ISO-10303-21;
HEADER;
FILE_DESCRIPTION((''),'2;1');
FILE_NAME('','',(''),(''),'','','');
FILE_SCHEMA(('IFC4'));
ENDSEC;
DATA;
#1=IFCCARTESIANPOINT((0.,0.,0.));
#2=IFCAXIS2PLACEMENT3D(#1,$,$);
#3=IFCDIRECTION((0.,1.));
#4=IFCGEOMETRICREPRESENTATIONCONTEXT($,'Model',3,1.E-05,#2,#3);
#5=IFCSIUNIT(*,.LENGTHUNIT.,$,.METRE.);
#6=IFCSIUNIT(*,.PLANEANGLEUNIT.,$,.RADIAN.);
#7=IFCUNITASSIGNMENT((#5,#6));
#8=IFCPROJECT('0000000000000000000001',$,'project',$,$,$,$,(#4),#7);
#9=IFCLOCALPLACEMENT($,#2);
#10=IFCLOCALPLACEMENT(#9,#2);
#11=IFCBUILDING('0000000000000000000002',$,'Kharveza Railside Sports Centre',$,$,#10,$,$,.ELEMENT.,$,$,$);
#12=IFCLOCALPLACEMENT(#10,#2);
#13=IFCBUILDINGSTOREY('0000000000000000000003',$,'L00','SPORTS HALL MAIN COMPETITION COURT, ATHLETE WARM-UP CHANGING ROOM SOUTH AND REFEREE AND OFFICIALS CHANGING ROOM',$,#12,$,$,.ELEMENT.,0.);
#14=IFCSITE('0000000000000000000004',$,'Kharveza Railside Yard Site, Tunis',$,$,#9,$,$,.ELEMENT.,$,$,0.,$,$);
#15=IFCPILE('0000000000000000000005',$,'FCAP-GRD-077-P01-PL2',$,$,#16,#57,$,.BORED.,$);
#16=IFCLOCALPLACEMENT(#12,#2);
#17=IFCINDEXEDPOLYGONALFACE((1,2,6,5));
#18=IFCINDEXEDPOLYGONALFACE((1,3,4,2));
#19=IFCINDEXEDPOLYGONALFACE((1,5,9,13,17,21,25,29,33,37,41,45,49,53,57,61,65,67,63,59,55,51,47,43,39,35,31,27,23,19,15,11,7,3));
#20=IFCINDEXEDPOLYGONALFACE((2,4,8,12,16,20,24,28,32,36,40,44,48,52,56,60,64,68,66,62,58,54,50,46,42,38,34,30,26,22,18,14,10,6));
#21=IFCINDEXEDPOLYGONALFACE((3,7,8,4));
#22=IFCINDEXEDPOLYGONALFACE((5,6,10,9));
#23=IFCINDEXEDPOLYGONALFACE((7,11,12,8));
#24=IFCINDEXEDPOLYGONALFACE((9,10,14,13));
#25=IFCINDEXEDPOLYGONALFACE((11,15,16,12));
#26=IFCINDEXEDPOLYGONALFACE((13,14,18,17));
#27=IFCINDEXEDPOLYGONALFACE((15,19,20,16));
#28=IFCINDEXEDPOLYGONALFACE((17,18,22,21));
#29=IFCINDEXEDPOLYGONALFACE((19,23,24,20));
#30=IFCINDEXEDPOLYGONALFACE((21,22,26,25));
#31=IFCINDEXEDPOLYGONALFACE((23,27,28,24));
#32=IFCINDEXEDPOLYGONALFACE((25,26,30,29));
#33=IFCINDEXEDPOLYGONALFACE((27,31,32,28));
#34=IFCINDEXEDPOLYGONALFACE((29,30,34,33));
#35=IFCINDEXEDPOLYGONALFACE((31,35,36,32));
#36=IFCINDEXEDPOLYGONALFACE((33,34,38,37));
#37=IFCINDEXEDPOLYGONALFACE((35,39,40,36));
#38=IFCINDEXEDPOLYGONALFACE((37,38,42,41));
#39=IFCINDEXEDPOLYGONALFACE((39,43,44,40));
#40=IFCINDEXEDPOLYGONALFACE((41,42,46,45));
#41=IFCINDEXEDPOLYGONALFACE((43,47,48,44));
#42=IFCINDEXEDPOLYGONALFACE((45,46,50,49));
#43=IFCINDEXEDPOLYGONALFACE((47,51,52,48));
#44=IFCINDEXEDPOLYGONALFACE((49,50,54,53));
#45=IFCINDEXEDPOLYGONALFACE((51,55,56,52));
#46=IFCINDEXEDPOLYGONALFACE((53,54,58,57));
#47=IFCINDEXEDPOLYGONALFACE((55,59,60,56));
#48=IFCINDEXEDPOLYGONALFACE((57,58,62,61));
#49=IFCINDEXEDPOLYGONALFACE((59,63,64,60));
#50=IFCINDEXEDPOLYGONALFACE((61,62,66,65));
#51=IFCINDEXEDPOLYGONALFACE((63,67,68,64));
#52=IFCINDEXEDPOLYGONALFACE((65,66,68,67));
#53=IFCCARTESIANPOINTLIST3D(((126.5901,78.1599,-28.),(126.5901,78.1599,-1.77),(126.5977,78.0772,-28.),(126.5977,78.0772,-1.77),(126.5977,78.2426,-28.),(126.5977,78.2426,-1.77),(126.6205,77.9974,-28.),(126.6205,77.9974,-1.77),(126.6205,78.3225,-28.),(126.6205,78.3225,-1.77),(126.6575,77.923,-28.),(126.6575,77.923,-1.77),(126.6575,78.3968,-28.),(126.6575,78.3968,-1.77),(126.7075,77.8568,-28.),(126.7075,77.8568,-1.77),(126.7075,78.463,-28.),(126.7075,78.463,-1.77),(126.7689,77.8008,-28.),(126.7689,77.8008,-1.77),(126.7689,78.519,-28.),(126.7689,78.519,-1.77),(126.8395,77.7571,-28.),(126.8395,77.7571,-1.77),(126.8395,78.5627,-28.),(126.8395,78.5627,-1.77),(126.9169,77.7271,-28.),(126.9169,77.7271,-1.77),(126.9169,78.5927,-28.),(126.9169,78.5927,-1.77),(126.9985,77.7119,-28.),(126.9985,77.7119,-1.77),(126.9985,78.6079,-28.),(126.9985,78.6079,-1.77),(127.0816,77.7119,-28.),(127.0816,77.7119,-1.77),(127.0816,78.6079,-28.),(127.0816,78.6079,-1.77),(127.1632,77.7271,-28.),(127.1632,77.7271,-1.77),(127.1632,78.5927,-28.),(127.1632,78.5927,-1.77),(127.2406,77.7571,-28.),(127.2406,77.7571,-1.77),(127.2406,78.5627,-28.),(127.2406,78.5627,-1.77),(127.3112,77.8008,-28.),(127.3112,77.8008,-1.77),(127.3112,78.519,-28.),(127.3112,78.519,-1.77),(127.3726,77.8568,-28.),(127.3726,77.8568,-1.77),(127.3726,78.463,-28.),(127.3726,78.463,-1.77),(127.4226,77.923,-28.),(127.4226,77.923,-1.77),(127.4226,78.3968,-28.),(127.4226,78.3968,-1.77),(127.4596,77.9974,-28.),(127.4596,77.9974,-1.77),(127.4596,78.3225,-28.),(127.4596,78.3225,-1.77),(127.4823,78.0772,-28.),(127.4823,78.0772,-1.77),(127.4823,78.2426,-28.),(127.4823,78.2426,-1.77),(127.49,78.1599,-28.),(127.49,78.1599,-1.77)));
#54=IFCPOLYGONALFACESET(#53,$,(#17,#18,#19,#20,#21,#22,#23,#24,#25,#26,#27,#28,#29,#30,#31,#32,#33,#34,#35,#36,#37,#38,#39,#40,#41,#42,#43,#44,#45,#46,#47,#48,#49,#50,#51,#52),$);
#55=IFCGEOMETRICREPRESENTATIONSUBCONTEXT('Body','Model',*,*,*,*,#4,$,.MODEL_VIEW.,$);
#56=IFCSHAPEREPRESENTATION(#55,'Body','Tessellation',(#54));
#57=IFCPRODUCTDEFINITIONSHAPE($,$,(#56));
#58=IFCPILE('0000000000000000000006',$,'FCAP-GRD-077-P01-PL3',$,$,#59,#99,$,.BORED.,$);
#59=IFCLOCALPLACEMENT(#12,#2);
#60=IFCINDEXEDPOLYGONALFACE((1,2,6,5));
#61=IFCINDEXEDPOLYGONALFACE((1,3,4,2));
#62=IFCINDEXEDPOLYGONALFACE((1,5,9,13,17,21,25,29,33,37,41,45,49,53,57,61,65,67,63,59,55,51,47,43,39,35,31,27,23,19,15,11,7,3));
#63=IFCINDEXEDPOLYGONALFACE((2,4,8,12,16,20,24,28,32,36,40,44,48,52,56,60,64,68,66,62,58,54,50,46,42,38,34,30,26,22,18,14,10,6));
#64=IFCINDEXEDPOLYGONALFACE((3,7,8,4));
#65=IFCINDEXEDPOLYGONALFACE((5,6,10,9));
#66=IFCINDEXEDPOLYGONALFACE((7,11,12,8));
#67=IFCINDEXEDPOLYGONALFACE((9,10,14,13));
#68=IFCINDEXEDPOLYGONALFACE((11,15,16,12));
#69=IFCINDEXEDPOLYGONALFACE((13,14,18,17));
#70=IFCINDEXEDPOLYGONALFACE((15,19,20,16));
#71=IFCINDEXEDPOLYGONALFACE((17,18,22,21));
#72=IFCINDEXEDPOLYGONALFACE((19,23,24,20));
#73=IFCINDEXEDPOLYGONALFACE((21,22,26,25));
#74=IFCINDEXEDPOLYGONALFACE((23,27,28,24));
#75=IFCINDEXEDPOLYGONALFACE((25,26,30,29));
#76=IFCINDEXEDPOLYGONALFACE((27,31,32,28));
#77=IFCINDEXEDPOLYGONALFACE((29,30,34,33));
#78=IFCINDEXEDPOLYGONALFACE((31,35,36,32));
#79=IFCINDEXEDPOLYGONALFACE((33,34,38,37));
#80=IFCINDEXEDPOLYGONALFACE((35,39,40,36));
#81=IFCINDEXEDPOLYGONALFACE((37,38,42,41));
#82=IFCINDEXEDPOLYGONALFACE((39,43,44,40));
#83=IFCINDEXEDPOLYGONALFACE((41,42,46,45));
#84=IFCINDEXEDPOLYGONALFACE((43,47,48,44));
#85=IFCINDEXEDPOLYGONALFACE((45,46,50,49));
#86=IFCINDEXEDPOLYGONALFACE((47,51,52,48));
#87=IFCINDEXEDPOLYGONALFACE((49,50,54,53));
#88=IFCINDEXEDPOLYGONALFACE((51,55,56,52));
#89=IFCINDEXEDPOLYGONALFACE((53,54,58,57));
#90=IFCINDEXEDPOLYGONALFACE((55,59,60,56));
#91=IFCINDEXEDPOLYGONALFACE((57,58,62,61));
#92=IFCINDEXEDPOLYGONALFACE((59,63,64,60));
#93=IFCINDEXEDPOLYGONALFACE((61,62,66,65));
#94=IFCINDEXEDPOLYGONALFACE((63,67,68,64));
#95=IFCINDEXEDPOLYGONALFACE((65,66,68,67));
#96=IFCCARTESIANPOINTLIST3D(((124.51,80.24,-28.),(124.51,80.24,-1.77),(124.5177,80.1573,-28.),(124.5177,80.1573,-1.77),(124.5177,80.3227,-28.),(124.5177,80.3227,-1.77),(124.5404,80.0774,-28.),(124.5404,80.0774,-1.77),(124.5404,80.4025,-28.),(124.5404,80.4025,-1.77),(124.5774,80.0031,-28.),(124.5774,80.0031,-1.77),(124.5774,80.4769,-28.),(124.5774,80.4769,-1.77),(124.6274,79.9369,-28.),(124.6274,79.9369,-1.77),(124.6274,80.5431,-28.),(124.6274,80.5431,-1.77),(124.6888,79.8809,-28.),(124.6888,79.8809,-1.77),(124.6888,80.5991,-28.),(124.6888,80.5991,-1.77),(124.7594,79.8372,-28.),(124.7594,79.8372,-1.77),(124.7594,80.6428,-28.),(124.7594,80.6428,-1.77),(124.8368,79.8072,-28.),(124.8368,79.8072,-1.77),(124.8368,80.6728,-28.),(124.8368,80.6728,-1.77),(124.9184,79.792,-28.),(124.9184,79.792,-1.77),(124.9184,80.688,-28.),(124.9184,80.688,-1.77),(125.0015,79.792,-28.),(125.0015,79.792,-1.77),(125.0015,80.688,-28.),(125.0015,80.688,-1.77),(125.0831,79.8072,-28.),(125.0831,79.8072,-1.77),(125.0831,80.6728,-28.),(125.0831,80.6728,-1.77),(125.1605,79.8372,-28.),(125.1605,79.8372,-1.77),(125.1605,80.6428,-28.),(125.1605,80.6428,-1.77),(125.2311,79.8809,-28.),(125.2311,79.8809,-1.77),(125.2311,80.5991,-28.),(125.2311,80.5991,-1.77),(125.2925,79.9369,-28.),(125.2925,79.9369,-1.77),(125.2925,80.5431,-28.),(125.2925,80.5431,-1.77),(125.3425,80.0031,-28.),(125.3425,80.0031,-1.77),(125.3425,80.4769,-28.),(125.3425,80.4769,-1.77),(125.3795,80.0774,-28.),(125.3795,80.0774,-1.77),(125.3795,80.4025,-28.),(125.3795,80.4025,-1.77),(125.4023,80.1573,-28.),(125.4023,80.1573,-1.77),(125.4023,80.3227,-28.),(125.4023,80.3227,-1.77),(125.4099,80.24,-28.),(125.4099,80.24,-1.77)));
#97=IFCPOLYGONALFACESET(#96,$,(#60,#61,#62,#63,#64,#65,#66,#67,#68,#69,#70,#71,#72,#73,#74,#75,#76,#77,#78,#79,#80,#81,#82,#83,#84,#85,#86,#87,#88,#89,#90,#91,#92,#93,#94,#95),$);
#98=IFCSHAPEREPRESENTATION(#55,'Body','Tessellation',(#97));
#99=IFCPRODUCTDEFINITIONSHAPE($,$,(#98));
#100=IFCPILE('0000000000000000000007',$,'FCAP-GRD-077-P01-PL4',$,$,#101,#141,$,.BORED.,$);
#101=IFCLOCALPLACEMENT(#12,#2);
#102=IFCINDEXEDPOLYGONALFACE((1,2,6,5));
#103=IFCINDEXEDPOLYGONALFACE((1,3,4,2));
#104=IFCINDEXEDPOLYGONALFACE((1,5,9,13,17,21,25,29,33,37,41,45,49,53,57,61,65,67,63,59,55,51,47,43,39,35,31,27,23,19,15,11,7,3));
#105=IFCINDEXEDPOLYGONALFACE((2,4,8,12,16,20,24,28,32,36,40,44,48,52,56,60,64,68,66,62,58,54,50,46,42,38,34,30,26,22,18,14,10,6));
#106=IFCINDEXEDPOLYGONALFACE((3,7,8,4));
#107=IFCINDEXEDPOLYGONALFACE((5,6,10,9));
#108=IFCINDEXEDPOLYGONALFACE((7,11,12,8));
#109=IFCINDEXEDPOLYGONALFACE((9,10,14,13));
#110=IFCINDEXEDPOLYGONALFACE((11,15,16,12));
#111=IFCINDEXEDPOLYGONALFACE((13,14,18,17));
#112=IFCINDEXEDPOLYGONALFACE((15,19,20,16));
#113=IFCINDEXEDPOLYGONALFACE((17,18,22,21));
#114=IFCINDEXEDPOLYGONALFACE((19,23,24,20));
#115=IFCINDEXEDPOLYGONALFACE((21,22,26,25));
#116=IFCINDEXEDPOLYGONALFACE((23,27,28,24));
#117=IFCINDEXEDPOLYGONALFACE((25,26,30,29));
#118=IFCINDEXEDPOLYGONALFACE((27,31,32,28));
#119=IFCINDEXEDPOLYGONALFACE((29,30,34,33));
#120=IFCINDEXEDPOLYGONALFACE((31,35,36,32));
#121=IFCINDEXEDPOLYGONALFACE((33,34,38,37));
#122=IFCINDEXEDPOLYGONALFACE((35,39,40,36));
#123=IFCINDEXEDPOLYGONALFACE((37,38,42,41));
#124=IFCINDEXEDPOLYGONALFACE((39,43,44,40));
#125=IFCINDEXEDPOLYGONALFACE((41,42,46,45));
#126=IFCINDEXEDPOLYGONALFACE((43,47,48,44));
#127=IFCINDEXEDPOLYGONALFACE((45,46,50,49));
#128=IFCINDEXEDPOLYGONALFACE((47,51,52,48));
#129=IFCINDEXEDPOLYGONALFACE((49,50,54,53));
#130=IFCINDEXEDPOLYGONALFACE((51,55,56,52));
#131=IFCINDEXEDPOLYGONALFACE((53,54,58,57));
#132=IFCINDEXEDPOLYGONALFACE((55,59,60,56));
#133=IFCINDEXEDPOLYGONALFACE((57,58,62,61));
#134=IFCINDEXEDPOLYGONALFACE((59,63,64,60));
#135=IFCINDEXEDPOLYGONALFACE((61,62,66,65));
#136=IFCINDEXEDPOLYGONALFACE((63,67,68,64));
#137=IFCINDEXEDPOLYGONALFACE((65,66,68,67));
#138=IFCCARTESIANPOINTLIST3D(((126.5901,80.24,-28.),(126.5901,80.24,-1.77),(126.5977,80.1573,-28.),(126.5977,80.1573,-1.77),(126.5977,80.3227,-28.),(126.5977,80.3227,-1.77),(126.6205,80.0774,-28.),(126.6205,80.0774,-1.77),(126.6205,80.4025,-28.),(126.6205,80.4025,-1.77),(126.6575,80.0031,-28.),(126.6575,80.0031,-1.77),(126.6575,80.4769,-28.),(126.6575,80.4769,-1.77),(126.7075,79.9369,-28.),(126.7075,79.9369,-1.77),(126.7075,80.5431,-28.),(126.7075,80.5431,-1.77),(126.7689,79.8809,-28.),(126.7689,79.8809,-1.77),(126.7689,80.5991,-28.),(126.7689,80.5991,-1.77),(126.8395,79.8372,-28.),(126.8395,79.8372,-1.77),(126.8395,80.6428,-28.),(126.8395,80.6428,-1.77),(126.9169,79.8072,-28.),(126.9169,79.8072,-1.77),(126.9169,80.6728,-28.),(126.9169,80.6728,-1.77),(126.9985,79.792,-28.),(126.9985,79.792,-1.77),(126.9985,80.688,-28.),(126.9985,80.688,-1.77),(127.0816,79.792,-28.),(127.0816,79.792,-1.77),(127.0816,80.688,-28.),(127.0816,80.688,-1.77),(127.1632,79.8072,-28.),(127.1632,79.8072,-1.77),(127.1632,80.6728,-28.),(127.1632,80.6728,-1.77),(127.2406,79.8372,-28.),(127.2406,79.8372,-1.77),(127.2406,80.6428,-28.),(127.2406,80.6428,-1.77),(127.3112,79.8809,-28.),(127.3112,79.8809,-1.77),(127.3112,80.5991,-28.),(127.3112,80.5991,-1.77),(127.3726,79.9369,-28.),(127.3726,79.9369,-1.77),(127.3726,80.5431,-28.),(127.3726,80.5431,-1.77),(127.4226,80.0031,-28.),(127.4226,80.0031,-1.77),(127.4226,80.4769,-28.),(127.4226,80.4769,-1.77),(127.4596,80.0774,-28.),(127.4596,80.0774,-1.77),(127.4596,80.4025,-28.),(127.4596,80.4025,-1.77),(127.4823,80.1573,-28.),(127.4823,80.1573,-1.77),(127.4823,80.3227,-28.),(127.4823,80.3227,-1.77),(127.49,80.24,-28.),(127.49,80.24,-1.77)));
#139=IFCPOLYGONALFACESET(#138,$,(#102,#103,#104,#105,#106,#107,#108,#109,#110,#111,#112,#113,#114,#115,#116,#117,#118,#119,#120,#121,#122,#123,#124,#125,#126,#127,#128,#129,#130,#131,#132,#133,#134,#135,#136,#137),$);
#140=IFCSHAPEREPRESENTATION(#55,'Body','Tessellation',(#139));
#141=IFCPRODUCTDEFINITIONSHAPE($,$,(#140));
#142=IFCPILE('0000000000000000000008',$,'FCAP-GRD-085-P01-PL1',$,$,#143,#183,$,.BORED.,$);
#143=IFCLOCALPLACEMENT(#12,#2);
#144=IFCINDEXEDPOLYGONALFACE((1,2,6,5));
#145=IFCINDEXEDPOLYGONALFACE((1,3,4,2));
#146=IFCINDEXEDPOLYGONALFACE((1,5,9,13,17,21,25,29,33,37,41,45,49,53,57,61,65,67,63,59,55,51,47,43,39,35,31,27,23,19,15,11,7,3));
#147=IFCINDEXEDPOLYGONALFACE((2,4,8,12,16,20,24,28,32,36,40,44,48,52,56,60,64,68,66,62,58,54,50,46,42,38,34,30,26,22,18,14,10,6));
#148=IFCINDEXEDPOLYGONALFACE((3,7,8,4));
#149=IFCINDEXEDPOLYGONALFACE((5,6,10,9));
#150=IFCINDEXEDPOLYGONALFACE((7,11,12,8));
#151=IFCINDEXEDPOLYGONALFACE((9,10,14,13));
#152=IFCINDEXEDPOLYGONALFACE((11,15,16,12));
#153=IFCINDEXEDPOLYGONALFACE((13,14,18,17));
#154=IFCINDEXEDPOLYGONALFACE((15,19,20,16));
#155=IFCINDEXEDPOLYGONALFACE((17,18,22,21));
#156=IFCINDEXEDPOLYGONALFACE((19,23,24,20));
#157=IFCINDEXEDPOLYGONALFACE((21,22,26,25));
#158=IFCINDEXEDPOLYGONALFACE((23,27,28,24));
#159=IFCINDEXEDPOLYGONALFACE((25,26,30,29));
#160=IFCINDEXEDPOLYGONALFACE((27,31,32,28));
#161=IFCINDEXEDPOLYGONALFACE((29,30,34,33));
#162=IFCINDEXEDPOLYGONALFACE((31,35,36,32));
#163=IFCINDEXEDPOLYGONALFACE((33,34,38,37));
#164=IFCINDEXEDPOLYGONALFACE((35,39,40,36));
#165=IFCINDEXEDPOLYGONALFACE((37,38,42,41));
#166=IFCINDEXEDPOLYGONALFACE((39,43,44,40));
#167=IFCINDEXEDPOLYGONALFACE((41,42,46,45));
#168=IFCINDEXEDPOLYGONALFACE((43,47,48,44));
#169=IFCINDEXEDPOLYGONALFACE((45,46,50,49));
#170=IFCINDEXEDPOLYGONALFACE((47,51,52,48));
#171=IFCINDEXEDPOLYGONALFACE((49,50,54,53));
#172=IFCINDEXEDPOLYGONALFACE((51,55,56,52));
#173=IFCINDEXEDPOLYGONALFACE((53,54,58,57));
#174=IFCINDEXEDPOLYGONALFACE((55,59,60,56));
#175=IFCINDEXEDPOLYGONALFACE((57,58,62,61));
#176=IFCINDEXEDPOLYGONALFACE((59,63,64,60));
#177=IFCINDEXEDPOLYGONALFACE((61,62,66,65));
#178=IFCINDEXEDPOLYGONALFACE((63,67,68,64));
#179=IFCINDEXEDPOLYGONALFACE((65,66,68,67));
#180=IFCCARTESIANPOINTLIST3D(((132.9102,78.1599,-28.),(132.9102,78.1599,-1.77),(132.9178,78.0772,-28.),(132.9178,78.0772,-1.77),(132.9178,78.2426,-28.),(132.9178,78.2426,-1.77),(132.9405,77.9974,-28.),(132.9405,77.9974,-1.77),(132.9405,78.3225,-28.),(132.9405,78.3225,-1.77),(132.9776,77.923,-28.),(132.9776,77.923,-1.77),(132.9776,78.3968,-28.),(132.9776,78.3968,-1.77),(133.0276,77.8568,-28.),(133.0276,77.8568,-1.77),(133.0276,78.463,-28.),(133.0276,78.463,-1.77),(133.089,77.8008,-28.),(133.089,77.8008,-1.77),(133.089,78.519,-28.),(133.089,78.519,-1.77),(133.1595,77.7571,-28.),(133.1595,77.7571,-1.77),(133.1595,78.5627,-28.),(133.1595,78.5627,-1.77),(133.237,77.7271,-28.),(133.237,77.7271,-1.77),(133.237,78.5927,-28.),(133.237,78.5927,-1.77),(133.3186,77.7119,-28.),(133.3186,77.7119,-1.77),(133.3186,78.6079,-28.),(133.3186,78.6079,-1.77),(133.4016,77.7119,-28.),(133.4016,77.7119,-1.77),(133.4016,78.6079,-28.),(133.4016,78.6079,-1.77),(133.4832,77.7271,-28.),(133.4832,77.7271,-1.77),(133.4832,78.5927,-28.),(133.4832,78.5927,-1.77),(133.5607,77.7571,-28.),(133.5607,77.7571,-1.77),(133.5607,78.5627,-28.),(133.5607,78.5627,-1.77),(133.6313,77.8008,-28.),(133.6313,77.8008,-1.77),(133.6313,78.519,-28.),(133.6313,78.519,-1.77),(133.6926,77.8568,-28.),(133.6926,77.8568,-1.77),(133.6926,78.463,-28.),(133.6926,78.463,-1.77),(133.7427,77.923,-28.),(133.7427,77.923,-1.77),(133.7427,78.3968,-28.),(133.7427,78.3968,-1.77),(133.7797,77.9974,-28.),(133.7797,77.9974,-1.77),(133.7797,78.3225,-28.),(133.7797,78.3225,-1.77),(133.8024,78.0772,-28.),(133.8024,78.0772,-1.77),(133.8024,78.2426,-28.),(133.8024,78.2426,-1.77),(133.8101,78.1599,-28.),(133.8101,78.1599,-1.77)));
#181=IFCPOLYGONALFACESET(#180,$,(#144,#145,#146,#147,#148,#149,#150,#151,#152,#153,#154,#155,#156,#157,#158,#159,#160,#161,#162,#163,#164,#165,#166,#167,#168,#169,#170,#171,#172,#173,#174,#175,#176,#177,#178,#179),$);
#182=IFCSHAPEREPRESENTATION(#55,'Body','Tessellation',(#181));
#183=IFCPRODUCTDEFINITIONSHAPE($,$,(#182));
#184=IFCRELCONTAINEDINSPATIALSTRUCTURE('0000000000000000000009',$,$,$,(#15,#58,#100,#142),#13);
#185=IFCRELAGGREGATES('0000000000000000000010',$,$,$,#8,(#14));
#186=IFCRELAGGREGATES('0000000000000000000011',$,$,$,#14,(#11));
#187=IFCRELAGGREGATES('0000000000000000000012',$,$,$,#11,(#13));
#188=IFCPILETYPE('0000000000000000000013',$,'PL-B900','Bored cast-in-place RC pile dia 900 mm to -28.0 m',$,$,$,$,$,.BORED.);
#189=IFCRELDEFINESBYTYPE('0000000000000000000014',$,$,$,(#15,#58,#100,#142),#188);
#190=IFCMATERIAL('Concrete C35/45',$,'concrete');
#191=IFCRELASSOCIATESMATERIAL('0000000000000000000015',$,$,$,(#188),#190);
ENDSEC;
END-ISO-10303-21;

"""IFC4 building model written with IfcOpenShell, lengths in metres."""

from ifc_helpers import new_model, si_unit, direction, frame, origin, origin_2d, place, context, subcontext, project, spatial, circle, extrude, material, material_profile, profile_set, type_object, element, save


model = new_model("IFC4")

# Units and contexts
model_context = context("Model", 3, precision=1e-05, world=origin(), true_north=direction((0.0, 1.0)))
body_context = subcontext(model_context, "Body", "Model", "MODEL_VIEW")
ifc_project = project(units=[si_unit("LENGTHUNIT", "METRE"), si_unit("PLANEANGLEUNIT", "RADIAN")], contexts=[model_context])

# Site, building, storey
site_placement = place(None, origin())
site = spatial("IfcSite", under=ifc_project, at=site_placement, Name="Kharveza Railside Yard Site, Tunis", CompositionType="ELEMENT", RefElevation=0.0)
building_placement = place(site_placement, origin())
building = spatial("IfcBuilding", under=site, at=building_placement, Name="Kharveza Railside Sports Centre", CompositionType="ELEMENT")
storey_placement = place(building_placement, origin())
storey = spatial("IfcBuildingStorey", under=building, at=storey_placement, Name="L00", Description="SPORTS HALL MAIN COMPETITION COURT, ATHLETE WARM-UP CHANGING ROOM SOUTH AND REFEREE AND OFFICIALS CHANGING ROOM", CompositionType="ELEMENT", Elevation=0.0)

# Shared definitions
ifc_material_1 = material(Name="Concrete C35/45", Category="concrete")

# Piles
ifc_material_profile_1 = material_profile(ifc_material_1, circle(Radius=0.45, at=origin_2d()), Name="PILE D900")
ifc_profile_set_1 = profile_set([ifc_material_profile_1], Name="Concrete C35/45")
pile_type = type_object("IfcPileType", Name="PL-B900", Description="Bored cast-in-place RC pile dia 900 mm to -28.0 m", PredefinedType="BORED", material=ifc_profile_set_1)
for number, where, z_axis, x_axis, name in (
    (1, (127.04, 78.1599, -1.77), (0.0, 0.0, -1.0), (1.0, 0.0, 0.0), "FCAP-GRD-077-P01-PL2"),
    (2, (124.96, 80.24, -1.77), (0.0, 0.0, -1.0), (1.0, 0.0, 0.0), "FCAP-GRD-077-P01-PL3"),
    (3, (127.04, 80.24, -1.77), (0.0, 0.0, -1.0), (1.0, 0.0, 0.0), "FCAP-GRD-077-P01-PL4"),
    (4, (133.3601, 78.1599, -1.77), (0.0, 0.0, -1.0), (1.0, 0.0, 0.0), "FCAP-GRD-085-P01-PL1"),
):
    element("IfcPile", number, at=place(storey_placement, frame(where, z_axis=z_axis, x_axis=x_axis)), inside=storey, type_object=pile_type, Name=name, PredefinedType="BORED", context=body_context, shape_type="SweptSolid", body=[
        extrude(circle(Radius=0.45, at=origin_2d()), origin(), (0.0, 0.0, 1.0), 26.23),
    ])

save(model, "model.ifc")
